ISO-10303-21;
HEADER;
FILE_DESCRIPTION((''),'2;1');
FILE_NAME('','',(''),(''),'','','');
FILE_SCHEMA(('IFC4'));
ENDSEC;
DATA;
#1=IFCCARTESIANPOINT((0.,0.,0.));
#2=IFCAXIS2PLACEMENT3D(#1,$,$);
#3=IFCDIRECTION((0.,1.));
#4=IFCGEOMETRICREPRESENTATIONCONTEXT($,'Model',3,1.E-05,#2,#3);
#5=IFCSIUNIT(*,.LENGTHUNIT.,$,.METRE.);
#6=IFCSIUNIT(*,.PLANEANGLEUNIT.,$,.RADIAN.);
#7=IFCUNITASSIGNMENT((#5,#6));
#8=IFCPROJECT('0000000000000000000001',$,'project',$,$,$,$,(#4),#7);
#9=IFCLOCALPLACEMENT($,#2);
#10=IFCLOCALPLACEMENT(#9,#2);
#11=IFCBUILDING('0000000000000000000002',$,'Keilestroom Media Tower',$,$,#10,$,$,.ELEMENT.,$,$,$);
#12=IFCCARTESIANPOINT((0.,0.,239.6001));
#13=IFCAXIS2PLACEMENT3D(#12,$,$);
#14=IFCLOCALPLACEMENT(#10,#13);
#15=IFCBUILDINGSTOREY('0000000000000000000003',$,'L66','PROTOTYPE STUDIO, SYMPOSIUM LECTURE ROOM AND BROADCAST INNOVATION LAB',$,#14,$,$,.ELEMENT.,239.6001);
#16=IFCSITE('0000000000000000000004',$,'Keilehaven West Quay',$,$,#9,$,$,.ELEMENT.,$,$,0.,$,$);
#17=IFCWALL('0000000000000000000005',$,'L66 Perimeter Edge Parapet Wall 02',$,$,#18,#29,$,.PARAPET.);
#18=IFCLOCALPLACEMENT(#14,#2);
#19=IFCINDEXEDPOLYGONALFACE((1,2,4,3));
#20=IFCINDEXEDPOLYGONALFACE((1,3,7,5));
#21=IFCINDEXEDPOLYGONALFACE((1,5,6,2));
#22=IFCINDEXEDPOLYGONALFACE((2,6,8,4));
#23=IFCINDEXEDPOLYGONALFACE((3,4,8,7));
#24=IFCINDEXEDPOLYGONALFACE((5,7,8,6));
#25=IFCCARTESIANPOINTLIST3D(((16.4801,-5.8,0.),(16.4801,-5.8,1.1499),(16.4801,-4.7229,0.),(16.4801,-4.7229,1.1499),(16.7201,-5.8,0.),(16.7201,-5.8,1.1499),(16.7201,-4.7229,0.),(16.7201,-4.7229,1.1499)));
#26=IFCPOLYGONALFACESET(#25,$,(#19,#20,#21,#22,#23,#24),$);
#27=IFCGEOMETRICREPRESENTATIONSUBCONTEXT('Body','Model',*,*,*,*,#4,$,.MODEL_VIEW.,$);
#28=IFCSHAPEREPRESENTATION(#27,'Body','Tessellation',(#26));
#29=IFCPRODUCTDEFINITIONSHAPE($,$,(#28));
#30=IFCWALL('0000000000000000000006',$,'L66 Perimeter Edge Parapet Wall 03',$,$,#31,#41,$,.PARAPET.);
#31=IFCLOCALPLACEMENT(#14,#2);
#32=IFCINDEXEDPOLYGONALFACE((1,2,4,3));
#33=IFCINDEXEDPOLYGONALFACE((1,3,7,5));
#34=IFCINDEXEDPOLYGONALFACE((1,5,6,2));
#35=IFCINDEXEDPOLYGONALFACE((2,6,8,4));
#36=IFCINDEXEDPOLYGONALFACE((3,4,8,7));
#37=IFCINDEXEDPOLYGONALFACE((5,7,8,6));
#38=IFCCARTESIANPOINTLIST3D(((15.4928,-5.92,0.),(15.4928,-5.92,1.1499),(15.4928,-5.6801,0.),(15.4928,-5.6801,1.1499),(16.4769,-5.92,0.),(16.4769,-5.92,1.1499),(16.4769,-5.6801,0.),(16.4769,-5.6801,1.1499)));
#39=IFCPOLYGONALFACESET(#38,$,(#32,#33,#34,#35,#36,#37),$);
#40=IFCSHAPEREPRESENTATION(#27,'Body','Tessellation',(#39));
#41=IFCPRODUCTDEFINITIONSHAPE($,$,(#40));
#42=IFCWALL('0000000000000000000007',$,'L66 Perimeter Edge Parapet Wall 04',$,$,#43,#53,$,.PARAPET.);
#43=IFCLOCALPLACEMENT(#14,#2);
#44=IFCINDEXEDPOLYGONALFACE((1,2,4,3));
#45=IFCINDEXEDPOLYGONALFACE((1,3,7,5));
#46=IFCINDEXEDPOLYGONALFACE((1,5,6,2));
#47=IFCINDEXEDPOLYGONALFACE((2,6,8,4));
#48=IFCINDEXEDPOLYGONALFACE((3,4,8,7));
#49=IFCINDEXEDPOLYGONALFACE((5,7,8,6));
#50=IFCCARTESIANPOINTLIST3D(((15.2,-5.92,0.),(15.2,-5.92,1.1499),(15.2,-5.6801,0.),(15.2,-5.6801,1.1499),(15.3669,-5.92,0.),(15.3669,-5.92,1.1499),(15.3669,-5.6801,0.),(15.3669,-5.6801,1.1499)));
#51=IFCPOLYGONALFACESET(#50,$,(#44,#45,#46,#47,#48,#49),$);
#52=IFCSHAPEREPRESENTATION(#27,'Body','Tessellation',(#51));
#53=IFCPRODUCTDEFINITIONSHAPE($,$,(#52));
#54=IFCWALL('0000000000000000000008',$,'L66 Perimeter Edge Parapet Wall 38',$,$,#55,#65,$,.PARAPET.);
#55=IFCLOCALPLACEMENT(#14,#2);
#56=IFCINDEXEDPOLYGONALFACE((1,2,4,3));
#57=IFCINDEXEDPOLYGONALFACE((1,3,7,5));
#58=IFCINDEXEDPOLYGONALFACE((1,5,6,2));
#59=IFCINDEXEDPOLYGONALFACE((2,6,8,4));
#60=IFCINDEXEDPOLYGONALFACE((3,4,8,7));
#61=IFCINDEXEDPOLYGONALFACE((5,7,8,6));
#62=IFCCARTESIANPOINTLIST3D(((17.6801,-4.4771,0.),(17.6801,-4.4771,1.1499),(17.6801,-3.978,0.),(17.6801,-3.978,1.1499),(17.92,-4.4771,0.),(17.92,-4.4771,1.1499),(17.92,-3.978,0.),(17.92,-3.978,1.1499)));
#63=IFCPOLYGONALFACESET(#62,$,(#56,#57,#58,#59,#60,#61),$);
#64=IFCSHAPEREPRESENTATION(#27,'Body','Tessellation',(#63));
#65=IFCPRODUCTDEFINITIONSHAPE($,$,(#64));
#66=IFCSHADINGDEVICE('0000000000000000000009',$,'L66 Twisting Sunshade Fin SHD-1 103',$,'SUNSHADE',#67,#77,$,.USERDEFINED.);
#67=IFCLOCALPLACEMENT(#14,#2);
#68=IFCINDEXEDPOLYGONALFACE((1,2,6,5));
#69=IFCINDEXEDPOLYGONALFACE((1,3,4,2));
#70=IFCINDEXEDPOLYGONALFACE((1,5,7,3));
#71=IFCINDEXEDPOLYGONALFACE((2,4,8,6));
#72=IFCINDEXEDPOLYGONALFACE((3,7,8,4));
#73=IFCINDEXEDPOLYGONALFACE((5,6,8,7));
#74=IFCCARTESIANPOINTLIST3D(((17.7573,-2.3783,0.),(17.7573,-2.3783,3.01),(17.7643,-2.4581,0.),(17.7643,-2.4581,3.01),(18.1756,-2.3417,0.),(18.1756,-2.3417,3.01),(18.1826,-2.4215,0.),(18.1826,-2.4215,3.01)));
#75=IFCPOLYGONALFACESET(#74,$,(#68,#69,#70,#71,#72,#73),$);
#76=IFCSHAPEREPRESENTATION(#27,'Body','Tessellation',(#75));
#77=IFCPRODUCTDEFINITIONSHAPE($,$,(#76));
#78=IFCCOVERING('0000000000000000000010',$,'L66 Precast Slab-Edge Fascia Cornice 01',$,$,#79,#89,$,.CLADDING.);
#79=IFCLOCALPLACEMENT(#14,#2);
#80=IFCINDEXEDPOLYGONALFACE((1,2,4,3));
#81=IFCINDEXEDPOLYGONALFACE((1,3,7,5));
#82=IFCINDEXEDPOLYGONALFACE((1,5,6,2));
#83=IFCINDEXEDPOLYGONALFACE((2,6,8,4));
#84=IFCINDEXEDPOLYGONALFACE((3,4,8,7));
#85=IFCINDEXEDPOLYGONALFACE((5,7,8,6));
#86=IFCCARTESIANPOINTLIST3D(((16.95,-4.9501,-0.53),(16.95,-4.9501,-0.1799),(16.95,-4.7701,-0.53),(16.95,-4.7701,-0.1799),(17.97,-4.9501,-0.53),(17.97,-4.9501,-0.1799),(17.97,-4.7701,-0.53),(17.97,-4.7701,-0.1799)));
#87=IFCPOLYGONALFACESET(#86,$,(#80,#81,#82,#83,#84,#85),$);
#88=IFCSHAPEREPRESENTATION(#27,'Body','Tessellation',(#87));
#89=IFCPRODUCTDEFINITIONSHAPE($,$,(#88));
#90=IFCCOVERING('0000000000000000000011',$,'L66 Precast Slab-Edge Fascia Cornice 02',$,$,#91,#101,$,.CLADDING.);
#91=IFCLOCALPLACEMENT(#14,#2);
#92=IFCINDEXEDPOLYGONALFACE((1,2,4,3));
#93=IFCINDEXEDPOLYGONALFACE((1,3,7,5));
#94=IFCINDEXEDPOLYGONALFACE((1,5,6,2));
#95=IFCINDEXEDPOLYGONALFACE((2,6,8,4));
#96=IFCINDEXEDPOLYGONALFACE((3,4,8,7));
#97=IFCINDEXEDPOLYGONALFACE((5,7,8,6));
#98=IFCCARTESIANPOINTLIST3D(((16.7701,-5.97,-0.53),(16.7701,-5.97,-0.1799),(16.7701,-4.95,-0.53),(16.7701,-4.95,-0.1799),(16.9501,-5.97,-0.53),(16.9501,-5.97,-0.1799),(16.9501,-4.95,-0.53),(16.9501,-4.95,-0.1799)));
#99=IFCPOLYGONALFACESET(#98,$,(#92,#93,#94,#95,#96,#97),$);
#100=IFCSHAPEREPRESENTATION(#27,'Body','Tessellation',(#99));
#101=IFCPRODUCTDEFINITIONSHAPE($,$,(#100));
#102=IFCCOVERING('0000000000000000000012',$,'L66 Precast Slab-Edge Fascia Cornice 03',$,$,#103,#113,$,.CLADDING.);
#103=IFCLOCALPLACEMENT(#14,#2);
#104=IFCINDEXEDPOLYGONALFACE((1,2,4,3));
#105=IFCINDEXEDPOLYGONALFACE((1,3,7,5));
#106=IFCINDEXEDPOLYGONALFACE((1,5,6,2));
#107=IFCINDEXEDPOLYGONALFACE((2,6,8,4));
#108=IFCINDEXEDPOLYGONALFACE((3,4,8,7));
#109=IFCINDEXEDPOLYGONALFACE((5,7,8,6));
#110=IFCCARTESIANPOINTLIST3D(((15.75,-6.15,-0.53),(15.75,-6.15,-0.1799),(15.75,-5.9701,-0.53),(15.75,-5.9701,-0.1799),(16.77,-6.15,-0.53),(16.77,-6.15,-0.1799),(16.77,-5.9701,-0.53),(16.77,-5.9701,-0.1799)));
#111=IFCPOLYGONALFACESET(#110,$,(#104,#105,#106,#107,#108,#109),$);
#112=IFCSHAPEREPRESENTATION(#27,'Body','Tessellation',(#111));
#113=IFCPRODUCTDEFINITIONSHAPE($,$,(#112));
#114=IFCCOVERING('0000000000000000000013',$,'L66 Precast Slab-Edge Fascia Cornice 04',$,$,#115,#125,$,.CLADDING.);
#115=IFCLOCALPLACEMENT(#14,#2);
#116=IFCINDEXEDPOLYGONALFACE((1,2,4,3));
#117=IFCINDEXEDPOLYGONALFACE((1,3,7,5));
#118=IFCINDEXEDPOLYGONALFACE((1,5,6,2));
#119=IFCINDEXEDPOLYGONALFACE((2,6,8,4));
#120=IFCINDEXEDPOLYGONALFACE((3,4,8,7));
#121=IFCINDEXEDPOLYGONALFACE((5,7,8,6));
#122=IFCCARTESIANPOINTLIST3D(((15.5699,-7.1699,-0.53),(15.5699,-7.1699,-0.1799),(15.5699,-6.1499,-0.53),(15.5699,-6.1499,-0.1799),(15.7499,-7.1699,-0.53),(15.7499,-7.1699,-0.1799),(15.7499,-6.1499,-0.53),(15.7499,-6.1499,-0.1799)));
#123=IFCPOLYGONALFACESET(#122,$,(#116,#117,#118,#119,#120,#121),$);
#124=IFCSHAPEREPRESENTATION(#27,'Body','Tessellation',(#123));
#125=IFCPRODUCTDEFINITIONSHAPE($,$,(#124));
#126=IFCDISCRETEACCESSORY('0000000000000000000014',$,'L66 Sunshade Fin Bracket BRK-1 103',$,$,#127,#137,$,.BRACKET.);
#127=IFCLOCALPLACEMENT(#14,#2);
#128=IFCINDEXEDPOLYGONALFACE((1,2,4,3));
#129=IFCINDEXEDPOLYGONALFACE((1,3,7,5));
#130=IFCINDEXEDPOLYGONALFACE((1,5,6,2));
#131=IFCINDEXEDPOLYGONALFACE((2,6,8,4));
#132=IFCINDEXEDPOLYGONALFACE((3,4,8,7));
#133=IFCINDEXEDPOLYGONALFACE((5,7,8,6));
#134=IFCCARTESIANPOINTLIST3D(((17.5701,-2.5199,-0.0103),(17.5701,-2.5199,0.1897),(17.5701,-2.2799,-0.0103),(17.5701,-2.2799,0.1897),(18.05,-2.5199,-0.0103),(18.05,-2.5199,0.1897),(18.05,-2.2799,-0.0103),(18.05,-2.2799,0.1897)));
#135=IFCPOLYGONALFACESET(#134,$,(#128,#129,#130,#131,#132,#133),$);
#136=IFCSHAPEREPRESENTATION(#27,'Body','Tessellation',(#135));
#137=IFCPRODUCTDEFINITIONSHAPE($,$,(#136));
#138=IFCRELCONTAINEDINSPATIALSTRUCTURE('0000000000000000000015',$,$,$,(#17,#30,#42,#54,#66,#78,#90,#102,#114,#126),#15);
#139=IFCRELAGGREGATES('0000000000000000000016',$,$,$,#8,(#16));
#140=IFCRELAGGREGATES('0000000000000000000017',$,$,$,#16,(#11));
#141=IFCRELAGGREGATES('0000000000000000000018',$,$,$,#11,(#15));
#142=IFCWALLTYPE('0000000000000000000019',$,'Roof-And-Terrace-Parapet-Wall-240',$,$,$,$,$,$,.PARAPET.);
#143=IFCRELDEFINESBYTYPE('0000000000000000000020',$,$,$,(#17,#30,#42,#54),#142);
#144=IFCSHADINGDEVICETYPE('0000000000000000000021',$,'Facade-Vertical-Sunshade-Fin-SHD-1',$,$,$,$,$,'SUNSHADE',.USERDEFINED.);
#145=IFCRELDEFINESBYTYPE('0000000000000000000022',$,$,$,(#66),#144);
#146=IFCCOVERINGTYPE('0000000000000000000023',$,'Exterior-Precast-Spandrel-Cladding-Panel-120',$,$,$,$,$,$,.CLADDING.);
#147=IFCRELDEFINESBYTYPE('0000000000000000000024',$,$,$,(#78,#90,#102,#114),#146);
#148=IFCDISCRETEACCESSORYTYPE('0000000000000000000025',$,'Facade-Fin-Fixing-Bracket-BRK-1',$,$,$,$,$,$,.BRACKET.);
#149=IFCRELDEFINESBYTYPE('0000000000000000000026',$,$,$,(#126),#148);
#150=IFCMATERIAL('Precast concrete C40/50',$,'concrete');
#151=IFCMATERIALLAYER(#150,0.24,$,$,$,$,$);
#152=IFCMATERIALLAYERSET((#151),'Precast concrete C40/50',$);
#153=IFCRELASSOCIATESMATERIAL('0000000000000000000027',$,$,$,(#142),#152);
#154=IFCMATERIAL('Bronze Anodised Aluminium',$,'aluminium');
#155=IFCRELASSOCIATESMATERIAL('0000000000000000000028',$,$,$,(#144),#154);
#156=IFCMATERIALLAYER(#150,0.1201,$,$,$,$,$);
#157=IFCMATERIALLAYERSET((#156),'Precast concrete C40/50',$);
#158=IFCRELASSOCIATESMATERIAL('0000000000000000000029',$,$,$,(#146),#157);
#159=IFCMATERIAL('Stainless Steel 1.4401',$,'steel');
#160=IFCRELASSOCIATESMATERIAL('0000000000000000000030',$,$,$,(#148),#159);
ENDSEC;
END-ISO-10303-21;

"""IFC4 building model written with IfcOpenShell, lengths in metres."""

from ifc_helpers import new_model, si_unit, direction, frame, frame_2d, origin, origin_2d, place, context, subcontext, project, spatial, rectangle, extrude, source, transform, mapped, material, layer, layer_set, type_object, element, save


model = new_model("IFC4")

# Units and contexts
model_context = context("Model", 3, precision=1e-05, world=origin(), true_north=direction((0.0, 1.0)))
body_context = subcontext(model_context, "Body", "Model", "MODEL_VIEW")
ifc_project = project(units=[si_unit("LENGTHUNIT", "METRE"), si_unit("PLANEANGLEUNIT", "RADIAN")], contexts=[model_context])

# Site, building, storey
site_placement = place(None, origin())
site = spatial("IfcSite", under=ifc_project, at=site_placement, Name="Keilehaven West Quay", CompositionType="ELEMENT", RefElevation=0.0)
building_placement = place(site_placement, origin())
building = spatial("IfcBuilding", under=site, at=building_placement, Name="Keilestroom Media Tower", CompositionType="ELEMENT")
storey_placement = place(building_placement, frame((0.0, 0.0, 239.6001)))
storey = spatial("IfcBuildingStorey", under=building, at=storey_placement, Name="L66", Description="PROTOTYPE STUDIO, SYMPOSIUM LECTURE ROOM AND BROADCAST INNOVATION LAB", CompositionType="ELEMENT", Elevation=239.6001)

# Shared definitions
ifc_material_1 = material(Name="Precast concrete C40/50", Category="concrete")

# Walls
ifc_layer_1 = layer(ifc_material_1, 0.24)
ifc_layer_set_1 = layer_set([ifc_layer_1], Name="Precast concrete C40/50")
wall_type = type_object("IfcWallType", Name="Roof-And-Terrace-Parapet-Wall-240", PredefinedType="PARAPET", material=ifc_layer_set_1)
wall_1_placement = place(storey_placement, frame((16.6001, -4.7229, 0.0), z_axis=(0.0, 0.0, 1.0), x_axis=(0.0, -1.0, 0.0)))
element("IfcWall", 1, at=wall_1_placement, inside=storey, type_object=wall_type, Name="L66 Perimeter Edge Parapet Wall 02", PredefinedType="PARAPET", context=body_context, shape_type="SweptSolid", body=[
    extrude(rectangle(XDim=1.0771, YDim=0.24, at=frame_2d((0.5386, 0.0))), origin(), (0.0, 0.0, 1.0), 1.1499),
])
wall_2_placement = place(storey_placement, frame((16.4771, -5.8, 0.0), z_axis=(0.0, 0.0, 1.0), x_axis=(-1.0, 0.0, 0.0)))
element("IfcWall", 2, at=wall_2_placement, inside=storey, type_object=wall_type, Name="L66 Perimeter Edge Parapet Wall 03", PredefinedType="PARAPET", context=body_context, shape_type="SweptSolid", body=[
    extrude(rectangle(XDim=0.9841, YDim=0.24, at=frame_2d((0.4922, 0.0))), origin(), (0.0, 0.0, 1.0), 1.1499),
])
wall_3_placement = place(storey_placement, frame((15.3669, -5.8, 0.0), z_axis=(0.0, 0.0, 1.0), x_axis=(-1.0, 0.0, 0.0)))
element("IfcWall", 3, at=wall_3_placement, inside=storey, type_object=wall_type, Name="L66 Perimeter Edge Parapet Wall 04", PredefinedType="PARAPET", context=body_context, shape_type="SweptSolid", body=[
    extrude(rectangle(XDim=0.167, YDim=0.24, at=frame_2d((0.0835, 0.0))), origin(), (0.0, 0.0, 1.0), 1.1499),
])
wall_4_placement = place(storey_placement, frame((17.8, -3.978, 0.0), z_axis=(0.0, 0.0, 1.0), x_axis=(0.0, -1.0, 0.0)))
element("IfcWall", 4, at=wall_4_placement, inside=storey, type_object=wall_type, Name="L66 Perimeter Edge Parapet Wall 38", PredefinedType="PARAPET", context=body_context, shape_type="SweptSolid", body=[
    extrude(rectangle(XDim=0.499, YDim=0.24, at=frame_2d((0.2495, 0.0))), origin(), (0.0, 0.0, 1.0), 1.1499),
])

# Shading device
ifc_material_2 = material(Name="Bronze Anodised Aluminium", Category="aluminium")
shading_device_type = type_object("IfcShadingDeviceType", Name="Facade-Vertical-Sunshade-Fin-SHD-1", ElementType="SUNSHADE", PredefinedType="USERDEFINED", material=ifc_material_2)
shared_shape_1 = source(origin(), body_context, "Body", "SweptSolid", [
    extrude(rectangle(XDim=0.4199, YDim=0.0801, at=origin_2d()), origin(), (0.0, 0.0, 1.0), 3.01),
])
shading_device_placement = place(storey_placement, frame((17.97, -2.3999, 0.0), z_axis=(0.0, 0.0, 1.0), x_axis=(0.996195, 0.087156, 0.0)))
element("IfcShadingDevice", 5, at=shading_device_placement, inside=storey, type_object=shading_device_type, Name="L66 Twisting Sunshade Fin SHD-1 103", ObjectType="SUNSHADE", PredefinedType="USERDEFINED", context=body_context, shape_type="MappedRepresentation", body=[
    mapped(shared_shape_1, transform((0.0, 0.0, 0.0), x_axis=(1.0, 0.0, 0.0), y_axis=(0.0, 1.0, 0.0), z_axis=(0.0, 0.0, 1.0), scale=1.0)),
])

# Coverings
ifc_layer_2 = layer(ifc_material_1, 0.1201)
ifc_layer_set_2 = layer_set([ifc_layer_2], Name="Precast concrete C40/50")
covering_type = type_object("IfcCoveringType", Name="Exterior-Precast-Spandrel-Cladding-Panel-120", PredefinedType="CLADDING", material=ifc_layer_set_2)
shared_shape_2 = source(origin(), body_context, "Body", "SweptSolid", [
    extrude(rectangle(XDim=1.02, YDim=0.1799, at=origin_2d()), origin(), (0.0, 0.0, 1.0), 0.3501),
])
for number, where, z_axis, x_axis, name in (
    (6, (17.46, -4.8601, -0.53), (0.0, 0.0, 1.0), (-1.0, 0.0, 0.0), "L66 Precast Slab-Edge Fascia Cornice 01"),
    (7, (16.8601, -5.46, -0.53), (0.0, 0.0, 1.0), (0.0, -1.0, 0.0), "L66 Precast Slab-Edge Fascia Cornice 02"),
    (8, (16.26, -6.0601, -0.53), (0.0, 0.0, 1.0), (-1.0, 0.0, 0.0), "L66 Precast Slab-Edge Fascia Cornice 03"),
    (9, (15.6599, -6.6599, -0.53), (0.0, 0.0, 1.0), (0.0, -1.0, 0.0), "L66 Precast Slab-Edge Fascia Cornice 04"),
):
    element("IfcCovering", number, at=place(storey_placement, frame(where, z_axis=z_axis, x_axis=x_axis)), inside=storey, type_object=covering_type, Name=name, PredefinedType="CLADDING", context=body_context, shape_type="MappedRepresentation", body=[
        mapped(shared_shape_2, transform((0.0, 0.0, 0.0), x_axis=(1.0, 0.0, 0.0), y_axis=(0.0, 1.0, 0.0), z_axis=(0.0, 0.0, 1.0), scale=1.0)),
    ])

# Discrete accessory
ifc_material_3 = material(Name="Stainless Steel 1.4401", Category="steel")
discrete_accessory_type = type_object("IfcDiscreteAccessoryType", Name="Facade-Fin-Fixing-Bracket-BRK-1", PredefinedType="BRACKET", material=ifc_material_3)
shared_shape_3 = source(origin(), body_context, "Body", "SweptSolid", [
    extrude(rectangle(XDim=0.48, YDim=0.24, at=origin_2d()), origin(), (0.0, 0.0, 1.0), 0.2),
])
discrete_accessory_placement = place(storey_placement, frame((17.8101, -2.3999, -0.0103), z_axis=(0.0, 0.0, 1.0), x_axis=(1.0, 0.0, 0.0)))
element("IfcDiscreteAccessory", 10, at=discrete_accessory_placement, inside=storey, type_object=discrete_accessory_type, Name="L66 Sunshade Fin Bracket BRK-1 103", PredefinedType="BRACKET", context=body_context, shape_type="MappedRepresentation", body=[
    mapped(shared_shape_3, transform((0.0, 0.0, 0.0), x_axis=(1.0, 0.0, 0.0), y_axis=(0.0, 1.0, 0.0), z_axis=(0.0, 0.0, 1.0), scale=1.0)),
])

save(model, "model.ifc")
